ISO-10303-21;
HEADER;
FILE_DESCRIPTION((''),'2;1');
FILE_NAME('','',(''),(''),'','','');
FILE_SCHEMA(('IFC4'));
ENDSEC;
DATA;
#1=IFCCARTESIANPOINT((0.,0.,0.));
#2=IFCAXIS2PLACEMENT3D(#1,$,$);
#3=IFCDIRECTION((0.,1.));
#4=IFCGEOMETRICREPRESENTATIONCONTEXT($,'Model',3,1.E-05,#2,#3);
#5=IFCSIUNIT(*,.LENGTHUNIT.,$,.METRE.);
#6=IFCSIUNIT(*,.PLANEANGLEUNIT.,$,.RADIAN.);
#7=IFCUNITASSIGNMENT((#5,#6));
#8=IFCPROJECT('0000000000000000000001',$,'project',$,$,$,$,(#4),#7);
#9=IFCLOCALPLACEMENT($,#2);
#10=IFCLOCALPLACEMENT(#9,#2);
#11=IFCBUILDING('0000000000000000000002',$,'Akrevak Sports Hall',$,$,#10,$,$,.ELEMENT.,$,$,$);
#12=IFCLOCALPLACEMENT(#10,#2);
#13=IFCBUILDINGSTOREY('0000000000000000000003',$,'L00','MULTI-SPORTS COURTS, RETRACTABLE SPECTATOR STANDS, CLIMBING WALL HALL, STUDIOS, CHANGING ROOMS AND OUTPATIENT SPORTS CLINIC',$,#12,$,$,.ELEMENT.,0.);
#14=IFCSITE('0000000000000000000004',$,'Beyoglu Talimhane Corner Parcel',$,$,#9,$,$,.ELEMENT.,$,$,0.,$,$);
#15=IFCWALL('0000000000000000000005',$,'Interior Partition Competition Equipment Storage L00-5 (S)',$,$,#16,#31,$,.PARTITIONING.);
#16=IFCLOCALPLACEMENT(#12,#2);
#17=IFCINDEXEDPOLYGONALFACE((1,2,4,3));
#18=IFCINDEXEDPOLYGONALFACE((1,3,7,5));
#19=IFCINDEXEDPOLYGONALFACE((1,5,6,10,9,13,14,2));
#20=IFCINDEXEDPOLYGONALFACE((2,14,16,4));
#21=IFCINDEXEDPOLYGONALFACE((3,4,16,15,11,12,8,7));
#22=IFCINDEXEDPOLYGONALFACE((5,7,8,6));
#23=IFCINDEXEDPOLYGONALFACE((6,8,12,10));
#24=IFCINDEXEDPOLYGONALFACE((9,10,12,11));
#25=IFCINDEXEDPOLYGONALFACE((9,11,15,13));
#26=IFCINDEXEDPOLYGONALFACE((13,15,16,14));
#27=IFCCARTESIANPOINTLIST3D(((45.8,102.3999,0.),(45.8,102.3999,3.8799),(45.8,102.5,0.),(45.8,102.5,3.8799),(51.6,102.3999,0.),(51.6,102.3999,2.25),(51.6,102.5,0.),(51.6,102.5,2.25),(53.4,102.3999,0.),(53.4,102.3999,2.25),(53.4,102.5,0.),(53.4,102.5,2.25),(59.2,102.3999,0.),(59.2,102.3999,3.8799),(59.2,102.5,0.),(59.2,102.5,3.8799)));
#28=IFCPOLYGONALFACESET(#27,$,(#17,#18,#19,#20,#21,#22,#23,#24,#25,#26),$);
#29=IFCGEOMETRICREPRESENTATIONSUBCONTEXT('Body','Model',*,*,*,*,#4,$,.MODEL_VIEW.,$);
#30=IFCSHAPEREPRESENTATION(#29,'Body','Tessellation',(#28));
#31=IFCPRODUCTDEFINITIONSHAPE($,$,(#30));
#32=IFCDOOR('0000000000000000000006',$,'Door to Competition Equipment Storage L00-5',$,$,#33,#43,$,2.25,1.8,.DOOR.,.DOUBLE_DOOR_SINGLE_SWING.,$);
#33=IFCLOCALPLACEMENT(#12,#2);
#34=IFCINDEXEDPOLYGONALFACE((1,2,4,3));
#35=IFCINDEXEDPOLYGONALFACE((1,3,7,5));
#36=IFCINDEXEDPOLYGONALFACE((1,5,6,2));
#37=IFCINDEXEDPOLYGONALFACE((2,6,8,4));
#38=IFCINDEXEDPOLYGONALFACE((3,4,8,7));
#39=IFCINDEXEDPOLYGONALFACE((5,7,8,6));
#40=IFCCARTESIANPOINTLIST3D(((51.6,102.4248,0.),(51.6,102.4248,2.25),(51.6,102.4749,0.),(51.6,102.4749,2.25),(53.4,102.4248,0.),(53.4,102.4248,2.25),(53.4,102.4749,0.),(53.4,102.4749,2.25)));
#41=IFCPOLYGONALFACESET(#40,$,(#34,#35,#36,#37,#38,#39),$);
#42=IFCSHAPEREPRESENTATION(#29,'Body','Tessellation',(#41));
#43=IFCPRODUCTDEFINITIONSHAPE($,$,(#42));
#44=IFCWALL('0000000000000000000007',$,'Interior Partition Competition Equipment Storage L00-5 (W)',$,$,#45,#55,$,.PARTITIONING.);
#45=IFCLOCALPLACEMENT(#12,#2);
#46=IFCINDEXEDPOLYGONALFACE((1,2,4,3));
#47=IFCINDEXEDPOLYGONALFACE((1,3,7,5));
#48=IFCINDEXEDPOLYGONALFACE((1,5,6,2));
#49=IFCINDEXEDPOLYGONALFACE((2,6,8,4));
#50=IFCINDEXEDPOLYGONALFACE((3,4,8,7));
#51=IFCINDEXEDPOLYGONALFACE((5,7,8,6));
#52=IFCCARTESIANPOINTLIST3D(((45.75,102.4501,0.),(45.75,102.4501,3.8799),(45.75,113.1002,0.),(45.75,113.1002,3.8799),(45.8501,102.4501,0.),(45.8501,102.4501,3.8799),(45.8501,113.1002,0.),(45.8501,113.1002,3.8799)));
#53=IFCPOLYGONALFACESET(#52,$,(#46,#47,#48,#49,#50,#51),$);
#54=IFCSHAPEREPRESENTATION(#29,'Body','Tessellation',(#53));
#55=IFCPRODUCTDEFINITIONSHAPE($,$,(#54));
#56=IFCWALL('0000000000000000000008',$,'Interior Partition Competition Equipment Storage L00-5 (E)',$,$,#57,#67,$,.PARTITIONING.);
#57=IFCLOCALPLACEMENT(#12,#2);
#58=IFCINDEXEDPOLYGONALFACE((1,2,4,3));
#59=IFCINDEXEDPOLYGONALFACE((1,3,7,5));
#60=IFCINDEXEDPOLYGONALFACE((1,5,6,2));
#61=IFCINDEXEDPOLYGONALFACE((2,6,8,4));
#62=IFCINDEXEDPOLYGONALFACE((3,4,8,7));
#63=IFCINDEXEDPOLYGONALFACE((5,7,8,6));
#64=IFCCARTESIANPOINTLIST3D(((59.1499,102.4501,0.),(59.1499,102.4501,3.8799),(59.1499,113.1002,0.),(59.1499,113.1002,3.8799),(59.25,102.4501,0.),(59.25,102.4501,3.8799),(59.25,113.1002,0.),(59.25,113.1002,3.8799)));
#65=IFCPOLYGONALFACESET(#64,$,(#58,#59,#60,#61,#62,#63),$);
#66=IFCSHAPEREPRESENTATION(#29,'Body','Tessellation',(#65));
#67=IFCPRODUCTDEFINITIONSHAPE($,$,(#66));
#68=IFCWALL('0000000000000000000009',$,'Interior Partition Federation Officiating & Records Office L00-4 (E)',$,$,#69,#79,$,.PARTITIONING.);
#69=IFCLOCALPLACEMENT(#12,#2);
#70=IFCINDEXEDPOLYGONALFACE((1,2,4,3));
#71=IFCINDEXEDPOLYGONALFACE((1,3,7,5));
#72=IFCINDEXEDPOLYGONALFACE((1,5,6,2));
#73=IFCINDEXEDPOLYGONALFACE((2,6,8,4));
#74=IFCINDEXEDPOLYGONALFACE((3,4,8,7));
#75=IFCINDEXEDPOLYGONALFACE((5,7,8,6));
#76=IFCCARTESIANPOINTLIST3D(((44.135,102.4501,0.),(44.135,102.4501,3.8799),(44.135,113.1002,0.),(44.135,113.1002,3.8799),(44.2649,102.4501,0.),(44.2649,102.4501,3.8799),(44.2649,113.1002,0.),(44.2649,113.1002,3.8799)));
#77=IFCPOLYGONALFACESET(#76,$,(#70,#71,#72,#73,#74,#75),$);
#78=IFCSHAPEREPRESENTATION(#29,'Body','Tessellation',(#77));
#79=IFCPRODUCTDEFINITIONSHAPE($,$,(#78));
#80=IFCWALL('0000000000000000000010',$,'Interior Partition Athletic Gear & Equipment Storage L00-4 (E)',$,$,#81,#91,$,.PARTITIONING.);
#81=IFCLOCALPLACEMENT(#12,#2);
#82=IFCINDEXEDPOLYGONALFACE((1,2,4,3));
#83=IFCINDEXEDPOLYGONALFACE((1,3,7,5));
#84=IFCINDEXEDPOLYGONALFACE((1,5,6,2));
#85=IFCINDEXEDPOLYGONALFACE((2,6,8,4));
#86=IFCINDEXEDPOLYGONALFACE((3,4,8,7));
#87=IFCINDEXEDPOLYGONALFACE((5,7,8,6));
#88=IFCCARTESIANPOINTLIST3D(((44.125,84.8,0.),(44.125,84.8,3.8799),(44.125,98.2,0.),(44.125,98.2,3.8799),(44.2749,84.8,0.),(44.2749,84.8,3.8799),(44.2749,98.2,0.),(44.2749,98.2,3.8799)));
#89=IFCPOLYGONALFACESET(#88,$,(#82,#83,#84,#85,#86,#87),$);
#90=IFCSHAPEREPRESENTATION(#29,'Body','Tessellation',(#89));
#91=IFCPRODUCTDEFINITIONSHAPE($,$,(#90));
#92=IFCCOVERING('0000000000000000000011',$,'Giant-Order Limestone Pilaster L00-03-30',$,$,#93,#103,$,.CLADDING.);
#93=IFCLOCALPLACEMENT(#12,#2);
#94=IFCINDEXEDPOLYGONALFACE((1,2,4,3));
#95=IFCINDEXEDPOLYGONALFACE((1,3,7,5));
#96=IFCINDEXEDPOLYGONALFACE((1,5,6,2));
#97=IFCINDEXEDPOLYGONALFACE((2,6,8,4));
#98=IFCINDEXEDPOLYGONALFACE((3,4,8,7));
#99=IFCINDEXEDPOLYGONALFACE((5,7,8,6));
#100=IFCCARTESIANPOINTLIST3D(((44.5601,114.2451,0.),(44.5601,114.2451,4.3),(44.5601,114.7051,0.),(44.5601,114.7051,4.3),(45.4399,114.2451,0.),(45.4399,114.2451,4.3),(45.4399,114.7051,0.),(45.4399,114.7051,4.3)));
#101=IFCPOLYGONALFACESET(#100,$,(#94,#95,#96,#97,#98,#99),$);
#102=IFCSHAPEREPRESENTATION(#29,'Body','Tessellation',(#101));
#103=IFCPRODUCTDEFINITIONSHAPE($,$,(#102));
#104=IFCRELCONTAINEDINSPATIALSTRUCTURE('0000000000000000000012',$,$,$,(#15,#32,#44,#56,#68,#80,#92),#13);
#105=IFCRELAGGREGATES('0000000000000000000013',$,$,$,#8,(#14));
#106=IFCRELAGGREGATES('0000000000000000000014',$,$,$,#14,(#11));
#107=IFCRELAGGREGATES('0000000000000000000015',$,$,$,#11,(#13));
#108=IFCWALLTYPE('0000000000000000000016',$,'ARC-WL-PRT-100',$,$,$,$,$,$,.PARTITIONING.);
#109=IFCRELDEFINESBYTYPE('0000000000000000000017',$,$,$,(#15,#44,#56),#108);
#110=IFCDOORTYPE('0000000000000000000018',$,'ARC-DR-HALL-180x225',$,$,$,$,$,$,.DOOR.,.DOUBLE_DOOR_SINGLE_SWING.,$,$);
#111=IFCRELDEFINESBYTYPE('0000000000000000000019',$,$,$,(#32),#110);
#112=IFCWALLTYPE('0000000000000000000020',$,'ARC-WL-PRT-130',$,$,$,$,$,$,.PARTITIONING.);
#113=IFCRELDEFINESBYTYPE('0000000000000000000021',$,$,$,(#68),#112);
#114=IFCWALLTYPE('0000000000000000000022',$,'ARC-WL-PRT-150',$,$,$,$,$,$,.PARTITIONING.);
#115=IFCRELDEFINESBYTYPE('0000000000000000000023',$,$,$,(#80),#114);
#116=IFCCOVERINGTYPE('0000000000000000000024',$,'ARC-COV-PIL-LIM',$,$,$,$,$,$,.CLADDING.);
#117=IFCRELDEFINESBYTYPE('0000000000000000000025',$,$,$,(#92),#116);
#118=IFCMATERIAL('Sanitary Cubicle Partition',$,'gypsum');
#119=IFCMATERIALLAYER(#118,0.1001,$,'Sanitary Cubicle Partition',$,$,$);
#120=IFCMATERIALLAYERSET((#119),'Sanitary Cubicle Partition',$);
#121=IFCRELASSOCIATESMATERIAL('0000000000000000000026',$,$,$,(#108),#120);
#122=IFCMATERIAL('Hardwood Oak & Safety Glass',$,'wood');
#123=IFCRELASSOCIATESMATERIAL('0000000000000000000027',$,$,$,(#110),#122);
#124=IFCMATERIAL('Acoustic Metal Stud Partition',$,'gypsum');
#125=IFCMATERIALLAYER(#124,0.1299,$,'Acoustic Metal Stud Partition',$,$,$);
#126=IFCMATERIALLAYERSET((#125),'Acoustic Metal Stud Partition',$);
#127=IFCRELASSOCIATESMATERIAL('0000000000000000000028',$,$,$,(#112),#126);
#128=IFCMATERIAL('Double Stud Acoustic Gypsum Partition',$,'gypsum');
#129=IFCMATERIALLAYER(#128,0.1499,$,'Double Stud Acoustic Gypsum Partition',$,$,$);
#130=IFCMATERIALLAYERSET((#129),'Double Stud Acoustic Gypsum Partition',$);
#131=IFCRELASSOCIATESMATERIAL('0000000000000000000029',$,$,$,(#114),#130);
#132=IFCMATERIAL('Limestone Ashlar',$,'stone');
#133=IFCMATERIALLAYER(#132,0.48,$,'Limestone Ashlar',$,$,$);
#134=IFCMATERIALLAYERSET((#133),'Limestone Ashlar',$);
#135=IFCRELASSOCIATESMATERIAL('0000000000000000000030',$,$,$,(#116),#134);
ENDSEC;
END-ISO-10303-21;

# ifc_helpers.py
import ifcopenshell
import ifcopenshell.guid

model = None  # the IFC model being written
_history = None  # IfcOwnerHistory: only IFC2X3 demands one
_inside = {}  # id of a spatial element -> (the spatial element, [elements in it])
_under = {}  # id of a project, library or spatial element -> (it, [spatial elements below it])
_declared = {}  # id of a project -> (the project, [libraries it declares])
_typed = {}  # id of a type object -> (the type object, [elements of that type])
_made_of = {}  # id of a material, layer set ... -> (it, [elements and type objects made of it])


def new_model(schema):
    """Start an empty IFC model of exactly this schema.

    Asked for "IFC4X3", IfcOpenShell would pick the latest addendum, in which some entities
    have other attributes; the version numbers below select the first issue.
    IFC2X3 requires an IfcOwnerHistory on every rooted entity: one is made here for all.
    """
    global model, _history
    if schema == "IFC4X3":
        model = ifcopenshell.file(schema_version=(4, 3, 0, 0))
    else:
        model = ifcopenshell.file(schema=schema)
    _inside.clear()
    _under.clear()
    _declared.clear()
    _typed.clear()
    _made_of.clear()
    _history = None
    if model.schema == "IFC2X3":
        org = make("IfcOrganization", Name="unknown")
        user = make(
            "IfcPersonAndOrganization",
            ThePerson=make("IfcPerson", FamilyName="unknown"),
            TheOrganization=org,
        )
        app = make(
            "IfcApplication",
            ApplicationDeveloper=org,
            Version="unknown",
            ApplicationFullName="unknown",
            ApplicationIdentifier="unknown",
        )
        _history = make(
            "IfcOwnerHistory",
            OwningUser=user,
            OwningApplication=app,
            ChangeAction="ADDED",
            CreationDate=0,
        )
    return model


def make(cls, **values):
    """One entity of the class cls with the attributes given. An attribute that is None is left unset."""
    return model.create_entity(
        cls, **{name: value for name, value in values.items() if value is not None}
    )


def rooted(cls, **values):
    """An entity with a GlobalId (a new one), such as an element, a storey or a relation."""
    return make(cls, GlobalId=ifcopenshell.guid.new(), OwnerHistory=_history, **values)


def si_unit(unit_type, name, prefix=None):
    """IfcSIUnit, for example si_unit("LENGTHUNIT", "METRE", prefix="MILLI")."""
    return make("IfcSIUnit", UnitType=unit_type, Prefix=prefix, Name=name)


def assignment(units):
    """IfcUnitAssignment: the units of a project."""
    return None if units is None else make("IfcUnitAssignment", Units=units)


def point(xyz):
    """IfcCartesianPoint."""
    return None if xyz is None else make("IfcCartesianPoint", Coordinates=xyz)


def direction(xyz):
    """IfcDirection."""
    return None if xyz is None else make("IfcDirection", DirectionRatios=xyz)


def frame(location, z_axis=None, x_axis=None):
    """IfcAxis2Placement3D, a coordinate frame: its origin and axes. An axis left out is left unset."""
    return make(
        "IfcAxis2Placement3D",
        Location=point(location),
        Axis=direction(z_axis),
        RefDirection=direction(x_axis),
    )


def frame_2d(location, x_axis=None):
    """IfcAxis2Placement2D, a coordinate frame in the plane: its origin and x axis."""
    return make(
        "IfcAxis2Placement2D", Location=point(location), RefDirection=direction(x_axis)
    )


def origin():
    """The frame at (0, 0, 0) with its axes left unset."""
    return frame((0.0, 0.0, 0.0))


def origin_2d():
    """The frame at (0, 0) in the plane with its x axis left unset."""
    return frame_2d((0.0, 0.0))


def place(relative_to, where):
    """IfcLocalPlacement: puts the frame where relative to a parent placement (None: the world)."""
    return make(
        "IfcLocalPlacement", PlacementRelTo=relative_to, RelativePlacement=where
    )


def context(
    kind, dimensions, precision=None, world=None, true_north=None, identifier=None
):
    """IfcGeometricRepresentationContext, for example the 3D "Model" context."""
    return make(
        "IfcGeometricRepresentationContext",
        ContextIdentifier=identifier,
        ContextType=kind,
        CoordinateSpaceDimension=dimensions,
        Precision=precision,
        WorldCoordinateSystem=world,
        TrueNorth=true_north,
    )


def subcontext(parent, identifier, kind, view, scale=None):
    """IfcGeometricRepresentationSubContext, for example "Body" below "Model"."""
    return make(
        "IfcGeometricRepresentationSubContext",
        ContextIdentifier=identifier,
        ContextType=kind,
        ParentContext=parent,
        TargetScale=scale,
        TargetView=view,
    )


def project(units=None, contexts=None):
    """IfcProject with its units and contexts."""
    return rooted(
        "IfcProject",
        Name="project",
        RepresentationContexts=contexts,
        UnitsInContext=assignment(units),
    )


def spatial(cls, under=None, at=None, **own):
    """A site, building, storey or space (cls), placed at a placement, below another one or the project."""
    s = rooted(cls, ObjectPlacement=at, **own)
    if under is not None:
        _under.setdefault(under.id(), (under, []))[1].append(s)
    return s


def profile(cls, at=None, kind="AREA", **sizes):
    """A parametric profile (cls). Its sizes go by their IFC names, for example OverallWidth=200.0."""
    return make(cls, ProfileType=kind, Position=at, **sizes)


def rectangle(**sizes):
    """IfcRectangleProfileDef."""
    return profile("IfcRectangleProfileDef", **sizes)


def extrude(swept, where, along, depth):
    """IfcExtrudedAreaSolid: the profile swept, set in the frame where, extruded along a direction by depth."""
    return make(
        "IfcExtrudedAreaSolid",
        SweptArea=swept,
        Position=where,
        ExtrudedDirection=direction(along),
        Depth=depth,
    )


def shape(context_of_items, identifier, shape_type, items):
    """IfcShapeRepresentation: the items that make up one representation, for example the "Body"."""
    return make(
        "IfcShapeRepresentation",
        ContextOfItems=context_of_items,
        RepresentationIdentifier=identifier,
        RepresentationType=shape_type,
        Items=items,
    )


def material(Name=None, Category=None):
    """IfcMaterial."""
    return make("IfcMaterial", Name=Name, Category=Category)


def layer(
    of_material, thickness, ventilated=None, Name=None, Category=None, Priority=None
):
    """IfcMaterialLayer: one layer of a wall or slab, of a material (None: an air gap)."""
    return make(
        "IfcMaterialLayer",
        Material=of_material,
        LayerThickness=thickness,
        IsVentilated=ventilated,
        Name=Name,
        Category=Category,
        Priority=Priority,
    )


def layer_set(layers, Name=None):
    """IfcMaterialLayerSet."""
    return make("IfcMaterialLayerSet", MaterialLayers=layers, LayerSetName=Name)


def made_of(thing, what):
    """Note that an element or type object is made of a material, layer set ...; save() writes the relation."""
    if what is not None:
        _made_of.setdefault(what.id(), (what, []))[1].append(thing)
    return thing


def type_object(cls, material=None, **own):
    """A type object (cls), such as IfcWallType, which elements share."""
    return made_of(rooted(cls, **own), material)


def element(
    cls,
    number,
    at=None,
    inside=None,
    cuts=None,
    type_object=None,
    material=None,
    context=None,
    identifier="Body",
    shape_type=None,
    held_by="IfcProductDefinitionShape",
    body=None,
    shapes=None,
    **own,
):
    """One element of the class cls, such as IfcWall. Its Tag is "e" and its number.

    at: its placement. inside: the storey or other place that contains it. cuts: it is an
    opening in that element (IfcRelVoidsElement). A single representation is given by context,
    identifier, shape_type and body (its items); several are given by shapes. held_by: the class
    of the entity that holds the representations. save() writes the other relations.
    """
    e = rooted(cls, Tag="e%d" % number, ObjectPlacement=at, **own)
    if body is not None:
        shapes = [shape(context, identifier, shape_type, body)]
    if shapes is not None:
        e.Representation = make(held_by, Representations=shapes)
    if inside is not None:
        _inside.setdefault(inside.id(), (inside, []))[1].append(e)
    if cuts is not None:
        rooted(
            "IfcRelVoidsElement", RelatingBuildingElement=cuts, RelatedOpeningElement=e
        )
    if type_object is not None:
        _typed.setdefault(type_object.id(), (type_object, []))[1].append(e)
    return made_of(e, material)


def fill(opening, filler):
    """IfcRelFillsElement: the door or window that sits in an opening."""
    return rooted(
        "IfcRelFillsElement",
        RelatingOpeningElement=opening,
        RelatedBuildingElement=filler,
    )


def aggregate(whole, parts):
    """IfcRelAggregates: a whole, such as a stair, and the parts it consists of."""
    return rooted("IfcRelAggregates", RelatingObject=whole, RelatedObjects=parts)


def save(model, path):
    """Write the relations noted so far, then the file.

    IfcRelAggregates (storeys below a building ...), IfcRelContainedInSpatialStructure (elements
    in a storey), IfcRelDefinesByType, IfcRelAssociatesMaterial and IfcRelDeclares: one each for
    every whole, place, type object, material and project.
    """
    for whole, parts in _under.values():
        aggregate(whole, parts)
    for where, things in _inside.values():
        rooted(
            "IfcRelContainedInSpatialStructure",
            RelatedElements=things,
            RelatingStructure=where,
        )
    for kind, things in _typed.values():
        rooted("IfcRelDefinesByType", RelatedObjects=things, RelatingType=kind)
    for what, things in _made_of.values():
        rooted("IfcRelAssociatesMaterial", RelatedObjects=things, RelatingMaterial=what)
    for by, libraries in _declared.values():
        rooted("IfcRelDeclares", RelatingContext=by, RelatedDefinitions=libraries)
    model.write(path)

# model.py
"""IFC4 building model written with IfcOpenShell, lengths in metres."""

from ifc_helpers import new_model, si_unit, direction, frame, frame_2d, origin, origin_2d, place, context, subcontext, project, spatial, rectangle, extrude, material, layer, layer_set, type_object, element, fill, save


model = new_model("IFC4")

# Units and contexts
model_context = context("Model", 3, precision=1e-05, world=origin(), true_north=direction((0.0, 1.0)))
body_context = subcontext(model_context, "Body", "Model", "MODEL_VIEW")
ifc_project = project(units=[si_unit("LENGTHUNIT", "METRE"), si_unit("PLANEANGLEUNIT", "RADIAN")], contexts=[model_context])

# Site, building, storey
site_placement = place(None, origin())
site = spatial("IfcSite", under=ifc_project, at=site_placement, Name="Beyoglu Talimhane Corner Parcel", CompositionType="ELEMENT", RefElevation=0.0)
building_placement = place(site_placement, origin())
building = spatial("IfcBuilding", under=site, at=building_placement, Name="Akrevak Sports Hall", CompositionType="ELEMENT")
storey_placement = place(building_placement, origin())
storey = spatial("IfcBuildingStorey", under=building, at=storey_placement, Name="L00", Description="MULTI-SPORTS COURTS, RETRACTABLE SPECTATOR STANDS, CLIMBING WALL HALL, STUDIOS, CHANGING ROOMS AND OUTPATIENT SPORTS CLINIC", CompositionType="ELEMENT", Elevation=0.0)

# Shared definitions
ifc_material_1 = material(Name="Limestone Ashlar", Category="stone")

# Shared definitions
ifc_material_2 = material(Name="Sanitary Cubicle Partition", Category="gypsum")
ifc_layer_1 = layer(ifc_material_2, 0.1001, Name="Sanitary Cubicle Partition")
ifc_layer_set_1 = layer_set([ifc_layer_1], Name="Sanitary Cubicle Partition")
wall_type_1 = type_object("IfcWallType", Name="ARC-WL-PRT-100", PredefinedType="PARTITIONING", material=ifc_layer_set_1)

# Wall, opening, door
wall_1_placement = place(storey_placement, frame((45.8, 102.45, 0.0), z_axis=(0.0, 0.0, 1.0), x_axis=(1.0, 0.0, 0.0)))
wall_1 = element("IfcWall", 1, at=wall_1_placement, inside=storey, type_object=wall_type_1, Name="Interior Partition Competition Equipment Storage L00-5 (S)", PredefinedType="PARTITIONING", context=body_context, shape_type="SweptSolid", body=[
    extrude(rectangle(XDim=13.3999, YDim=0.1001, at=frame_2d((6.7, 0.0))), origin(), (0.0, 0.0, 1.0), 3.8799),
])
opening_1_placement = place(wall_1_placement, frame((5.8, 0.0, 0.0)))
opening_1 = element("IfcOpeningElement", 2, at=opening_1_placement, cuts=wall_1, PredefinedType="OPENING", context=body_context, shape_type="SweptSolid", body=[
    extrude(rectangle(XDim=1.8, YDim=2.25, at=frame_2d((0.8999, 1.125))), frame((0.0, 0.062, 0.0), z_axis=(0.0, -1.0, 0.0), x_axis=(1.0, 0.0, 0.0)), (0.0, 0.0, 1.0), 0.124),
])
ifc_material_3 = material(Name="Hardwood Oak & Safety Glass", Category="wood")
door_type_1 = type_object("IfcDoorType", Name="ARC-DR-HALL-180x225", OperationType="DOUBLE_DOOR_SINGLE_SWING", PredefinedType="DOOR", material=ifc_material_3)
door_1_placement = place(opening_1_placement, origin())
door_1 = element("IfcDoor", 3, at=door_1_placement, inside=storey, type_object=door_type_1, Name="Door to Competition Equipment Storage L00-5", OperationType="DOUBLE_DOOR_SINGLE_SWING", OverallHeight=2.25, OverallWidth=1.8, PredefinedType="DOOR", context=body_context, shape_type="SweptSolid", body=[
    extrude(rectangle(XDim=1.8, YDim=2.25, at=frame_2d((0.8999, 1.125))), frame((0.0, 0.0249, 0.0), z_axis=(0.0, -1.0, 0.0), x_axis=(1.0, 0.0, 0.0)), (0.0, 0.0, 1.0), 0.05),
])
fill(opening_1, door_1)

# Walls
for number, where, z_axis, x_axis, name in (
    (4, (45.8, 102.45, 0.0), (0.0, 0.0, 1.0), (0.0, 1.0, 0.0), "Interior Partition Competition Equipment Storage L00-5 (W)"),
    (5, (59.2, 102.45, 0.0), (0.0, 0.0, 1.0), (0.0, 1.0, 0.0), "Interior Partition Competition Equipment Storage L00-5 (E)"),
):
    element("IfcWall", number, at=place(storey_placement, frame(where, z_axis=z_axis, x_axis=x_axis)), inside=storey, type_object=wall_type_1, Name=name, PredefinedType="PARTITIONING", context=body_context, shape_type="SweptSolid", body=[
        extrude(rectangle(XDim=10.6501, YDim=0.1001, at=frame_2d((5.3252, 0.0))), origin(), (0.0, 0.0, 1.0), 3.8799),
    ])
ifc_material_4 = material(Name="Acoustic Metal Stud Partition", Category="gypsum")
ifc_layer_2 = layer(ifc_material_4, 0.1299, Name="Acoustic Metal Stud Partition")
ifc_layer_set_2 = layer_set([ifc_layer_2], Name="Acoustic Metal Stud Partition")
wall_type_2 = type_object("IfcWallType", Name="ARC-WL-PRT-130", PredefinedType="PARTITIONING", material=ifc_layer_set_2)
wall_2_placement = place(storey_placement, frame((44.2, 102.45, 0.0), z_axis=(0.0, 0.0, 1.0), x_axis=(0.0, 1.0, 0.0)))
element("IfcWall", 6, at=wall_2_placement, inside=storey, type_object=wall_type_2, Name="Interior Partition Federation Officiating & Records Office L00-4 (E)", PredefinedType="PARTITIONING", context=body_context, shape_type="SweptSolid", body=[
    extrude(rectangle(XDim=10.6501, YDim=0.1299, at=frame_2d((5.3252, 0.0))), origin(), (0.0, 0.0, 1.0), 3.8799),
])
ifc_material_5 = material(Name="Double Stud Acoustic Gypsum Partition", Category="gypsum")
ifc_layer_3 = layer(ifc_material_5, 0.1499, Name="Double Stud Acoustic Gypsum Partition")
ifc_layer_set_3 = layer_set([ifc_layer_3], Name="Double Stud Acoustic Gypsum Partition")
wall_type_3 = type_object("IfcWallType", Name="ARC-WL-PRT-150", PredefinedType="PARTITIONING", material=ifc_layer_set_3)
wall_3_placement = place(storey_placement, frame((44.2, 84.8, 0.0), z_axis=(0.0, 0.0, 1.0), x_axis=(0.0, 1.0, 0.0)))
element("IfcWall", 7, at=wall_3_placement, inside=storey, type_object=wall_type_3, Name="Interior Partition Athletic Gear & Equipment Storage L00-4 (E)", PredefinedType="PARTITIONING", context=body_context, shape_type="SweptSolid", body=[
    extrude(rectangle(XDim=13.3999, YDim=0.1499, at=frame_2d((6.7, 0.0))), origin(), (0.0, 0.0, 1.0), 3.8799),
])

# Covering
ifc_layer_4 = layer(ifc_material_1, 0.48, Name="Limestone Ashlar")
ifc_layer_set_4 = layer_set([ifc_layer_4], Name="Limestone Ashlar")
covering_type = type_object("IfcCoveringType", Name="ARC-COV-PIL-LIM", PredefinedType="CLADDING", material=ifc_layer_set_4)
covering_placement = place(storey_placement, frame((45.0, 114.4751, 0.0), z_axis=(0.0, 0.0, 1.0), x_axis=(-1.0, 0.0, 0.0)))
element("IfcCovering", 8, at=covering_placement, inside=storey, type_object=covering_type, Name="Giant-Order Limestone Pilaster L00-03-30", PredefinedType="CLADDING", context=body_context, shape_type="SweptSolid", body=[
    extrude(rectangle(XDim=0.8799, YDim=0.46, at=origin_2d()), origin(), (0.0, 0.0, 1.0), 4.3),
])

save(model, "model.ifc")
